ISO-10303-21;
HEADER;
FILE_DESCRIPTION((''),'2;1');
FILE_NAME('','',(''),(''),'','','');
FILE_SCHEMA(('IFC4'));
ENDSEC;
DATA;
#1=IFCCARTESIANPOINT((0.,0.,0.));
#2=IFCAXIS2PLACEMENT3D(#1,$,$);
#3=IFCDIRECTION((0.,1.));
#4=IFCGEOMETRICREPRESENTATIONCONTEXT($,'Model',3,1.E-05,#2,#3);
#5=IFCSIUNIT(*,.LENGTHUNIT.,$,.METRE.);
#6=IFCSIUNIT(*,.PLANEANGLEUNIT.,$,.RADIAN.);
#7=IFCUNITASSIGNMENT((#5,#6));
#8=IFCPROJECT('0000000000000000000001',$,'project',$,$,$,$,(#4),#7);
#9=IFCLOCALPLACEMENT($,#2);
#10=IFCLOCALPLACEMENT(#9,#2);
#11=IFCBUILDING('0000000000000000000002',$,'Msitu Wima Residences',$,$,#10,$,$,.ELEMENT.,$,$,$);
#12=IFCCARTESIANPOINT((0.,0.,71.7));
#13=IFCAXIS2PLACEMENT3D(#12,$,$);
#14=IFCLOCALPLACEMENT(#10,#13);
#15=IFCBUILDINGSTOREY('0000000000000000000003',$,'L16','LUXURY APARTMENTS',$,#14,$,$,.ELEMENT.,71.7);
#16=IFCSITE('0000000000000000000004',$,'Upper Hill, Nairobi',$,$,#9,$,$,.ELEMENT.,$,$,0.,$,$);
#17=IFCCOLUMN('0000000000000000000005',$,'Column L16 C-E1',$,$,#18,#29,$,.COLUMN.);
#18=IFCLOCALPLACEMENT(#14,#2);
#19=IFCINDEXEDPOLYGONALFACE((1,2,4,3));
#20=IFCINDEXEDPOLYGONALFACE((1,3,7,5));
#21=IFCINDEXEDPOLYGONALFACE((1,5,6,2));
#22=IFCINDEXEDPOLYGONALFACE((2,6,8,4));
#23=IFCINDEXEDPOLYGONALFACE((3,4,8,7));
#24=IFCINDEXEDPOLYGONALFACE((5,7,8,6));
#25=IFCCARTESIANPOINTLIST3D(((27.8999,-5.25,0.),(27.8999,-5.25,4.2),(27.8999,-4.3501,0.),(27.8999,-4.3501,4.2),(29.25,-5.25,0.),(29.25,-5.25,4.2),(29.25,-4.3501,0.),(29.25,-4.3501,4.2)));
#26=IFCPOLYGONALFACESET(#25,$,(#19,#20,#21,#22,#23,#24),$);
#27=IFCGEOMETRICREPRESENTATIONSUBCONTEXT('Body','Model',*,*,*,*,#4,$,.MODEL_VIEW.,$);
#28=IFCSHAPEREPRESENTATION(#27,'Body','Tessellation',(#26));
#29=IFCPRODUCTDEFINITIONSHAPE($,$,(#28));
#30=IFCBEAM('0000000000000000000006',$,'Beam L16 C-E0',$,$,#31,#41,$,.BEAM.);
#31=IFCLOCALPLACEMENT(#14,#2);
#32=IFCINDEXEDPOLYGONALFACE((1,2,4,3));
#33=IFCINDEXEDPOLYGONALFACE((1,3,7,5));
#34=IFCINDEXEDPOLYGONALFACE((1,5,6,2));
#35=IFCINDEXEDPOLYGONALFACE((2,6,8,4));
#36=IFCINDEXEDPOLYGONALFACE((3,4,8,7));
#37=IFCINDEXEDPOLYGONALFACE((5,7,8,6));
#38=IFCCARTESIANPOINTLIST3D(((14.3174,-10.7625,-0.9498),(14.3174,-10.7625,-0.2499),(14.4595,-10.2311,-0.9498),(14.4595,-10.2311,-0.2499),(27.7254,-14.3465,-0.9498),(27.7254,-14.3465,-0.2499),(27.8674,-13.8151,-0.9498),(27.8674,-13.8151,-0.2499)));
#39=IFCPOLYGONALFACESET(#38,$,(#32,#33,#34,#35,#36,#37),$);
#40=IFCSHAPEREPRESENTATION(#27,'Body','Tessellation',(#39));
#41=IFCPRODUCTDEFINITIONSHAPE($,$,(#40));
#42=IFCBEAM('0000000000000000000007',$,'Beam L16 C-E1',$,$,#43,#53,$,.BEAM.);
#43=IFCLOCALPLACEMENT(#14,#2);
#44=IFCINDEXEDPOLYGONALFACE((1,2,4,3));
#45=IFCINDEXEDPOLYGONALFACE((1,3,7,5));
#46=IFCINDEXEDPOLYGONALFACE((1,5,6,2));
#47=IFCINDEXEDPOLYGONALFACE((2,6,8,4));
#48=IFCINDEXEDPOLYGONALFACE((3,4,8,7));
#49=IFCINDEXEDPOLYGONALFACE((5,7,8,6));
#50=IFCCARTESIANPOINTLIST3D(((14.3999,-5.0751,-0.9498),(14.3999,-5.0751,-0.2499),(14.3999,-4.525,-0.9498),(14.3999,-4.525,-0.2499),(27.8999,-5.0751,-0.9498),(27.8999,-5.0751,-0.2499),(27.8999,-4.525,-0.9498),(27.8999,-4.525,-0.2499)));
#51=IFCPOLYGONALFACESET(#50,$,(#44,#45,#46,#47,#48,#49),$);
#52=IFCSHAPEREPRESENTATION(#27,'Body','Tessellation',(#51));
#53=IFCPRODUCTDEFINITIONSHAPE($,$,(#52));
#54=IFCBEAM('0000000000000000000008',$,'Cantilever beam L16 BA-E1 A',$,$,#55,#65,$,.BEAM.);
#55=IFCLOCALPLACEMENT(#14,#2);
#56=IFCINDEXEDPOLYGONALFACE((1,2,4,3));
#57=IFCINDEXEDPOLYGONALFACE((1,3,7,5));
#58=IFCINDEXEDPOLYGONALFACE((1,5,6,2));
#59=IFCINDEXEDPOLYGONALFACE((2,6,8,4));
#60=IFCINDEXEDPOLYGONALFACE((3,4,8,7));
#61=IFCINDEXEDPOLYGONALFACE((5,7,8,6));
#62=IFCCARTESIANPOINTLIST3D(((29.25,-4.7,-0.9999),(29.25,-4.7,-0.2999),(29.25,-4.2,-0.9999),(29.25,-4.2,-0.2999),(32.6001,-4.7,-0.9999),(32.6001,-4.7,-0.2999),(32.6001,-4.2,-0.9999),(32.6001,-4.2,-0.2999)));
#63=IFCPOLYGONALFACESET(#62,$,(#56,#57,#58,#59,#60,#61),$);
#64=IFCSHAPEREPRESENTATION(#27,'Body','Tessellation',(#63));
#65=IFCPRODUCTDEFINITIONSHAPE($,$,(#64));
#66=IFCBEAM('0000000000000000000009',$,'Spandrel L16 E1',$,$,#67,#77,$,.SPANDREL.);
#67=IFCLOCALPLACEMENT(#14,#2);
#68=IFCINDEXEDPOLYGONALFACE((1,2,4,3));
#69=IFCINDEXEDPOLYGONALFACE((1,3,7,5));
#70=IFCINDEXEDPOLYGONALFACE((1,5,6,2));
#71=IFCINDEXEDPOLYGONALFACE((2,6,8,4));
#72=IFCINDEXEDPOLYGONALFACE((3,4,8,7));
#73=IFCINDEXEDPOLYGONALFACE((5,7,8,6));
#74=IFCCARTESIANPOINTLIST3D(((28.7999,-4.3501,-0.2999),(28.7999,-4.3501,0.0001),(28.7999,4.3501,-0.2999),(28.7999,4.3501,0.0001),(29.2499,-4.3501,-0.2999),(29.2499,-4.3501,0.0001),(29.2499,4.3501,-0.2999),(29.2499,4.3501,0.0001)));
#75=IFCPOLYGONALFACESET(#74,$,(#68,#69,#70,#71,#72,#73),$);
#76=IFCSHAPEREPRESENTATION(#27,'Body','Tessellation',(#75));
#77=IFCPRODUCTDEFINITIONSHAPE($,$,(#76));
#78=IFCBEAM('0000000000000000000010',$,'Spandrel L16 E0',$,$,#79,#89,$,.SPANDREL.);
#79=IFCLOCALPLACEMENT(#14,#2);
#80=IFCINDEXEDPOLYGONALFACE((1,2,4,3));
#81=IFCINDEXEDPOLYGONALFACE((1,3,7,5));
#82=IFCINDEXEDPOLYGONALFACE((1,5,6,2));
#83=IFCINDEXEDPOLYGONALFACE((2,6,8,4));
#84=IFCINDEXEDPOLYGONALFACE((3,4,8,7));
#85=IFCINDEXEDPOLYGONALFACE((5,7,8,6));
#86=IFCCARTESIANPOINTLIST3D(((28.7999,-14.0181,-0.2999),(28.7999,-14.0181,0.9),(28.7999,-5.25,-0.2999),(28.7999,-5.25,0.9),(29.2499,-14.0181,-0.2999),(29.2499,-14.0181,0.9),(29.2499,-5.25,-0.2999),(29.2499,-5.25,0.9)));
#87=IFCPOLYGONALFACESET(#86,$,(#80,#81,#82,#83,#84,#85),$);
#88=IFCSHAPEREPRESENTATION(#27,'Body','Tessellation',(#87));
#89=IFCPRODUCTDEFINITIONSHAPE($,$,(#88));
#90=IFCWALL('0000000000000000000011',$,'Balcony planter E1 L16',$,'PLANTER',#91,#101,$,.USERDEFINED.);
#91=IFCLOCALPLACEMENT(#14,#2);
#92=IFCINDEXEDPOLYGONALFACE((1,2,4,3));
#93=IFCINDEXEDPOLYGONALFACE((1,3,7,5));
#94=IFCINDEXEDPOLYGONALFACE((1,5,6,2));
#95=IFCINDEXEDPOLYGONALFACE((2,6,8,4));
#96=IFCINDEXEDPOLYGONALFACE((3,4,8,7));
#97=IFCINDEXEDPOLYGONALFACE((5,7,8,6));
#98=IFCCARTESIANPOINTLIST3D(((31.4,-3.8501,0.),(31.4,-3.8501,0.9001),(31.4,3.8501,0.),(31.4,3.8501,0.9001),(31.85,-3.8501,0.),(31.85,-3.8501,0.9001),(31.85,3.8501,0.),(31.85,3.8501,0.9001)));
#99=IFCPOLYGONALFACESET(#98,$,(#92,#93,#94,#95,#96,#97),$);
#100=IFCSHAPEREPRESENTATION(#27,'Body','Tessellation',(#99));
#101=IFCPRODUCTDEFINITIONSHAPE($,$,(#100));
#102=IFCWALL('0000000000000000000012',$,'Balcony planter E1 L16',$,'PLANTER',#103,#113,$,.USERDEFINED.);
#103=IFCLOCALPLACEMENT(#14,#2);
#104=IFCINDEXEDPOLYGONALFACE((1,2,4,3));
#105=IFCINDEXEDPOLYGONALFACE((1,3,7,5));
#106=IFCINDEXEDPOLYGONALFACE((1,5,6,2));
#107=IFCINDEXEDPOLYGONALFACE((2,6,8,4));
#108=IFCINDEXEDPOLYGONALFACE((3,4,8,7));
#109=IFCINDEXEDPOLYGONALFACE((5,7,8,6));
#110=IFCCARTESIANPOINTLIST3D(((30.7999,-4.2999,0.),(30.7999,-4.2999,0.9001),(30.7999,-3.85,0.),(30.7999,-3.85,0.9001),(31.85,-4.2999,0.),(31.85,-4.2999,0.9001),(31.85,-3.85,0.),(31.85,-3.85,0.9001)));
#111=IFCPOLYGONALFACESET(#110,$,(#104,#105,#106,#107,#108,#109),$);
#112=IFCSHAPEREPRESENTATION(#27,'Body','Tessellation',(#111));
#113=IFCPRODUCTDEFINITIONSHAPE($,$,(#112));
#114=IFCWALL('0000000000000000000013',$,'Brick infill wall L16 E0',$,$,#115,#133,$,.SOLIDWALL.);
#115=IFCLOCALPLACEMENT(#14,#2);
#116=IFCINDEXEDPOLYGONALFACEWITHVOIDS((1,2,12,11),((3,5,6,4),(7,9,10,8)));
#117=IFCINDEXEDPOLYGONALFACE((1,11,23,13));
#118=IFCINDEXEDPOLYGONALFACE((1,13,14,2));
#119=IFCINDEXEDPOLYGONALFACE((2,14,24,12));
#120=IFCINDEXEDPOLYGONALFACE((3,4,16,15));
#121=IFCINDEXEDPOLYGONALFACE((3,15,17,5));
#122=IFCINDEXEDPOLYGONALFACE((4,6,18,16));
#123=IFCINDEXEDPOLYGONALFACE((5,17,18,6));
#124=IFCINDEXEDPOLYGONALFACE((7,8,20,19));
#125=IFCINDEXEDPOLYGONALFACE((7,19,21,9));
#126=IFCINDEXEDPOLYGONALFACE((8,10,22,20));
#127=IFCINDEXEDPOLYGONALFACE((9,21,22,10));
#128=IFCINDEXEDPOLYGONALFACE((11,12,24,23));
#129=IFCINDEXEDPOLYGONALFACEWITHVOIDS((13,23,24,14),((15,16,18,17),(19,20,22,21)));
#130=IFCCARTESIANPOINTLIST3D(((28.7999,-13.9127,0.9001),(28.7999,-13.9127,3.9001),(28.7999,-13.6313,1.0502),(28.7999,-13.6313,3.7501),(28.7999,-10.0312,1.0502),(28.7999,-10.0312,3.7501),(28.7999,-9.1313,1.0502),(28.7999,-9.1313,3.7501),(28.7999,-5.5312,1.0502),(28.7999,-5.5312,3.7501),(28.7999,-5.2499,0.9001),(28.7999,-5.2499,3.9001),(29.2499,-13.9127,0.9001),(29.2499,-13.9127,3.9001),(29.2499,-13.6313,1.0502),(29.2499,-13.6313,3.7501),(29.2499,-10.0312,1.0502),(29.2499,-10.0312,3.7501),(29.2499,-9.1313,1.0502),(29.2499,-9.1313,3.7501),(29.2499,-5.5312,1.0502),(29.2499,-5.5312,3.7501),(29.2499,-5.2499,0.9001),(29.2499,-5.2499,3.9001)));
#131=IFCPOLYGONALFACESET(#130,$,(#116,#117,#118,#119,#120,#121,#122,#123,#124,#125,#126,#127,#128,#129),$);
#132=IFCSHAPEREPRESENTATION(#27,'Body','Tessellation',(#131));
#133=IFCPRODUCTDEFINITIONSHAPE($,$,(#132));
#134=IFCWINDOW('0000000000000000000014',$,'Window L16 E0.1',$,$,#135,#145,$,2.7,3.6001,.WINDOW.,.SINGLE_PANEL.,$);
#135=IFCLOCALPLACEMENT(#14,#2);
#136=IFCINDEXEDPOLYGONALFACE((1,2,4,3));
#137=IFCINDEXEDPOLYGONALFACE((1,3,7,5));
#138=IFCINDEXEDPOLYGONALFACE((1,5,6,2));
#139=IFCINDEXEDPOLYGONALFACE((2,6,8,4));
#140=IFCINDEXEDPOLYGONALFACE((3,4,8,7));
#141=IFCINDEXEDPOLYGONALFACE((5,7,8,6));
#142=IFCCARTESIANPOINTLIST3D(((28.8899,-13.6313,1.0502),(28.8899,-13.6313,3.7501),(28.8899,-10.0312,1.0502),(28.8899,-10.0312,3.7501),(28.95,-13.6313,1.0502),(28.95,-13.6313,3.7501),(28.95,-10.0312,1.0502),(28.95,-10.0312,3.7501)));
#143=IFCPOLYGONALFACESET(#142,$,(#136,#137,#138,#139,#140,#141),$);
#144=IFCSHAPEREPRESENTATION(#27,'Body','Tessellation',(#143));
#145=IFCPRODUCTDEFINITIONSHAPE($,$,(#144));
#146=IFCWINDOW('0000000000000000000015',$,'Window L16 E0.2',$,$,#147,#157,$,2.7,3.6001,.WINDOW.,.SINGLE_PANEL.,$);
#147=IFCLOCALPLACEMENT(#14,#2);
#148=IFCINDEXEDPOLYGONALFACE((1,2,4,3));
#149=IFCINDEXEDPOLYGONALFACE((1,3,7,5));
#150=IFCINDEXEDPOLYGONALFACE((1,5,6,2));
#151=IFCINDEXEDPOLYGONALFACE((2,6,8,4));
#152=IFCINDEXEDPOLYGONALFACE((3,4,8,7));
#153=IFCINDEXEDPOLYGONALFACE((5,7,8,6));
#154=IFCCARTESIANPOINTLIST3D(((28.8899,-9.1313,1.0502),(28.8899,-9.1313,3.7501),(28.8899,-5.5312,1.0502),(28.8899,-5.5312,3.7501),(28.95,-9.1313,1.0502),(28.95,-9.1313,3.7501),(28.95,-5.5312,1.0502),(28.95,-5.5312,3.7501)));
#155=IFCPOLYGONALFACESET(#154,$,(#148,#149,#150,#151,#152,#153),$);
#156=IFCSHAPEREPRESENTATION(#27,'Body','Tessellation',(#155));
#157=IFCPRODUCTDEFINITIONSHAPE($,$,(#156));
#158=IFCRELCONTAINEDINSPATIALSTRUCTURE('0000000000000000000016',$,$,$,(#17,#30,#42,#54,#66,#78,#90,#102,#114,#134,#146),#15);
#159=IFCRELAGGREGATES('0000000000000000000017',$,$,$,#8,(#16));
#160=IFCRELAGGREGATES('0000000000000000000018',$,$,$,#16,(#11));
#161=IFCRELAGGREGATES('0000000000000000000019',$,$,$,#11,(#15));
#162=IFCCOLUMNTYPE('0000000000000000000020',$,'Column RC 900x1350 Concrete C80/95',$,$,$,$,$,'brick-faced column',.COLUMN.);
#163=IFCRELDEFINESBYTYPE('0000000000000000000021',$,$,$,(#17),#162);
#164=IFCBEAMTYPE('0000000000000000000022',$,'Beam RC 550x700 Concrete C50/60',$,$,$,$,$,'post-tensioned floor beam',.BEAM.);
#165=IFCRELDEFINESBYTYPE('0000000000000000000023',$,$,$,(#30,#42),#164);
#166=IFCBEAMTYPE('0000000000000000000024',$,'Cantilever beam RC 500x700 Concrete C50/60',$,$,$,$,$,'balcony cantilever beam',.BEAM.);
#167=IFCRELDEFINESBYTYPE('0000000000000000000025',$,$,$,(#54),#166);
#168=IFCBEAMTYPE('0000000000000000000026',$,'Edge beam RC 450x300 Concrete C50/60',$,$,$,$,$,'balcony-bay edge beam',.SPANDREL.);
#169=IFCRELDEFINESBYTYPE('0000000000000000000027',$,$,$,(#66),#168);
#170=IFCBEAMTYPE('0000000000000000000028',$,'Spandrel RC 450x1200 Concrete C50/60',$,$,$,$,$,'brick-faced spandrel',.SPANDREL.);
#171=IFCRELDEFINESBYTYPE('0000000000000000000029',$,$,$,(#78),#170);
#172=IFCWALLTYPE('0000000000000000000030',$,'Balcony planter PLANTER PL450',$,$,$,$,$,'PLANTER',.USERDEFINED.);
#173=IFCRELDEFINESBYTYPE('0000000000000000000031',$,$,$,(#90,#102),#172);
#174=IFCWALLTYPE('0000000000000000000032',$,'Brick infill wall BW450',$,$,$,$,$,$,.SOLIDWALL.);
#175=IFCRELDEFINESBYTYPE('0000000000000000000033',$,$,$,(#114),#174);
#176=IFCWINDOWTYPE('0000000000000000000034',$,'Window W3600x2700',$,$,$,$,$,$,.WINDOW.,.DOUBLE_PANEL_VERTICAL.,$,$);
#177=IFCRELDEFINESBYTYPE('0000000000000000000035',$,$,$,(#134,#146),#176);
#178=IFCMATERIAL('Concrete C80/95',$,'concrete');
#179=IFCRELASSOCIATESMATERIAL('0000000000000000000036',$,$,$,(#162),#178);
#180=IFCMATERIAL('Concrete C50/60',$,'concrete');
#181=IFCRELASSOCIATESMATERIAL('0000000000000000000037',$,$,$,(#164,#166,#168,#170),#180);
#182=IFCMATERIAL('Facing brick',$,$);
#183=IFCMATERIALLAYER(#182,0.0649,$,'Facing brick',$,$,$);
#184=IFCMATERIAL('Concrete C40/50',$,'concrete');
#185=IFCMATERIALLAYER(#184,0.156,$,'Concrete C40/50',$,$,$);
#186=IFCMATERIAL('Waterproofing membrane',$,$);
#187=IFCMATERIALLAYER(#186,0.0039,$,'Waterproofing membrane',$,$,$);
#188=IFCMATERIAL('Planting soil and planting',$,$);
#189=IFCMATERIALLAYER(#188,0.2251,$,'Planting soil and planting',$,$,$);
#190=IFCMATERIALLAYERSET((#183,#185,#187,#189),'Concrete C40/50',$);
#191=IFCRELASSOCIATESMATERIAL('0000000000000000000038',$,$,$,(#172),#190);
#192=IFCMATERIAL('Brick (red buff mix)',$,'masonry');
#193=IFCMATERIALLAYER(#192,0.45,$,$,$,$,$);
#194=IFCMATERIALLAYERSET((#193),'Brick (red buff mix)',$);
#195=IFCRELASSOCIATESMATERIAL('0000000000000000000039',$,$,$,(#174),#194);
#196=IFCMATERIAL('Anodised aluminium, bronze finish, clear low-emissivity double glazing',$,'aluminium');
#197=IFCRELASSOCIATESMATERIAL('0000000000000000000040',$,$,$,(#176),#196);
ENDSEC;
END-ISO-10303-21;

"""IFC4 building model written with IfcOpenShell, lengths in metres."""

from ifc_helpers import new_model, si_unit, direction, frame, frame_2d, origin, origin_2d, place, context, subcontext, project, spatial, rectangle, extrude, material, layer, layer_set, material_profile, profile_set, type_object, element, fill, save


model = new_model("IFC4")

# Units and contexts
model_context = context("Model", 3, precision=1e-05, world=origin(), true_north=direction((0.0, 1.0)))
body_context = subcontext(model_context, "Body", "Model", "MODEL_VIEW")
ifc_project = project(units=[si_unit("LENGTHUNIT", "METRE"), si_unit("PLANEANGLEUNIT", "RADIAN")], contexts=[model_context])

# Site, building, storey
site_placement = place(None, origin())
site = spatial("IfcSite", under=ifc_project, at=site_placement, Name="Upper Hill, Nairobi", CompositionType="ELEMENT", RefElevation=0.0)
building_placement = place(site_placement, origin())
building = spatial("IfcBuilding", under=site, at=building_placement, Name="Msitu Wima Residences", CompositionType="ELEMENT")
storey_placement = place(building_placement, frame((0.0, 0.0, 71.7)))
storey = spatial("IfcBuildingStorey", under=building, at=storey_placement, Name="L16", Description="LUXURY APARTMENTS", CompositionType="ELEMENT", Elevation=71.7)

# Column
ifc_material_1 = material(Name="Concrete C80/95", Category="concrete")
ifc_material_profile_1 = material_profile(ifc_material_1, rectangle(XDim=0.8999, YDim=1.3501, at=origin_2d()), Name="RC 900x1350")
ifc_profile_set_1 = profile_set([ifc_material_profile_1], Name="Concrete C80/95")
column_type = type_object("IfcColumnType", Name="Column RC 900x1350 Concrete C80/95", ElementType="brick-faced column", PredefinedType="COLUMN", material=ifc_profile_set_1)
column_placement = place(storey_placement, frame((28.575, -4.8, 0.0), z_axis=(0.0, 0.0, 1.0), x_axis=(0.0, 1.0, 0.0)))
element("IfcColumn", 1, at=column_placement, inside=storey, type_object=column_type, Name="Column L16 C-E1", PredefinedType="COLUMN", context=body_context, shape_type="SweptSolid", body=[
    extrude(rectangle(XDim=0.8999, YDim=1.3501, at=origin_2d()), origin(), (0.0, 0.0, 1.0), 4.2),
])

# Beams
ifc_material_2 = material(Name="Concrete C50/60", Category="concrete")
ifc_material_profile_2 = material_profile(ifc_material_2, rectangle(XDim=0.55, YDim=0.7, at=origin_2d()), Name="RC 550x700")
ifc_profile_set_2 = profile_set([ifc_material_profile_2], Name="Concrete C50/60")
beam_type_1 = type_object("IfcBeamType", Name="Beam RC 550x700 Concrete C50/60", ElementType="post-tensioned floor beam", PredefinedType="BEAM", material=ifc_profile_set_2)
beam_1_placement = place(storey_placement, frame((27.7964, -14.0808, -0.5999), z_axis=(-0.966082, 0.258236, 0.0), x_axis=(-0.258236, -0.966082, 0.0)))
element("IfcBeam", 2, at=beam_1_placement, inside=storey, type_object=beam_type_1, Name="Beam L16 C-E0", PredefinedType="BEAM", context=body_context, shape_type="SweptSolid", body=[
    extrude(rectangle(XDim=0.55, YDim=0.7, at=origin_2d()), origin(), (0.0, 0.0, 1.0), 13.8787),
])
beam_2_placement = place(storey_placement, frame((27.8999, -4.8, -0.5999), z_axis=(-1.0, 0.0, 0.0), x_axis=(0.0, -1.0, 0.0)))
element("IfcBeam", 3, at=beam_2_placement, inside=storey, type_object=beam_type_1, Name="Beam L16 C-E1", PredefinedType="BEAM", context=body_context, shape_type="SweptSolid", body=[
    extrude(rectangle(XDim=0.55, YDim=0.7, at=origin_2d()), origin(), (0.0, 0.0, 1.0), 13.5),
])
ifc_material_profile_3 = material_profile(ifc_material_2, rectangle(XDim=0.5, YDim=0.7, at=origin_2d()), Name="RC 500x700")
ifc_profile_set_3 = profile_set([ifc_material_profile_3], Name="Concrete C50/60")
beam_type_2 = type_object("IfcBeamType", Name="Cantilever beam RC 500x700 Concrete C50/60", ElementType="balcony cantilever beam", PredefinedType="BEAM", material=ifc_profile_set_3)
beam_3_placement = place(storey_placement, frame((29.25, -4.45, -0.6499), z_axis=(1.0, 0.0, 0.0), x_axis=(0.0, 1.0, 0.0)))
element("IfcBeam", 4, at=beam_3_placement, inside=storey, type_object=beam_type_2, Name="Cantilever beam L16 BA-E1 A", PredefinedType="BEAM", context=body_context, shape_type="SweptSolid", body=[
    extrude(rectangle(XDim=0.5, YDim=0.7, at=origin_2d()), origin(), (0.0, 0.0, 1.0), 3.3501),
])
ifc_material_profile_4 = material_profile(ifc_material_2, rectangle(XDim=0.45, YDim=0.3, at=origin_2d()), Name="RC 450x300")
ifc_profile_set_4 = profile_set([ifc_material_profile_4], Name="Concrete C50/60")
beam_type_3 = type_object("IfcBeamType", Name="Edge beam RC 450x300 Concrete C50/60", ElementType="balcony-bay edge beam", PredefinedType="SPANDREL", material=ifc_profile_set_4)
beam_4_placement = place(storey_placement, frame((29.0249, -4.3501, -0.1499), z_axis=(0.0, 1.0, 0.0), x_axis=(-1.0, 0.0, 0.0)))
element("IfcBeam", 5, at=beam_4_placement, inside=storey, type_object=beam_type_3, Name="Spandrel L16 E1", PredefinedType="SPANDREL", context=body_context, shape_type="SweptSolid", body=[
    extrude(rectangle(XDim=0.45, YDim=0.3, at=origin_2d()), origin(), (0.0, 0.0, 1.0), 8.7002),
])
ifc_material_profile_5 = material_profile(ifc_material_2, rectangle(XDim=0.45, YDim=1.2, at=origin_2d()), Name="RC 450x1200")
ifc_profile_set_5 = profile_set([ifc_material_profile_5], Name="Concrete C50/60")
beam_type_4 = type_object("IfcBeamType", Name="Spandrel RC 450x1200 Concrete C50/60", ElementType="brick-faced spandrel", PredefinedType="SPANDREL", material=ifc_profile_set_5)
beam_5_placement = place(storey_placement, frame((29.0249, -14.0181, 0.3), z_axis=(0.0, 1.0, 0.0), x_axis=(-1.0, 0.0, 0.0)))
element("IfcBeam", 6, at=beam_5_placement, inside=storey, type_object=beam_type_4, Name="Spandrel L16 E0", PredefinedType="SPANDREL", context=body_context, shape_type="SweptSolid", body=[
    extrude(rectangle(XDim=0.45, YDim=1.2, at=origin_2d()), origin(), (0.0, 0.0, 1.0), 8.7681),
])

# Walls
ifc_material_3 = material(Name="Facing brick")
ifc_layer_1 = layer(ifc_material_3, 0.0649, Name="Facing brick")
ifc_material_4 = material(Name="Concrete C40/50", Category="concrete")
ifc_layer_2 = layer(ifc_material_4, 0.156, Name="Concrete C40/50")
ifc_material_5 = material(Name="Waterproofing membrane")
ifc_layer_3 = layer(ifc_material_5, 0.0039, Name="Waterproofing membrane")
ifc_material_6 = material(Name="Planting soil and planting")
ifc_layer_4 = layer(ifc_material_6, 0.2251, Name="Planting soil and planting")
ifc_layer_set_1 = layer_set([ifc_layer_1, ifc_layer_2, ifc_layer_3, ifc_layer_4], Name="Concrete C40/50")
wall_type_1 = type_object("IfcWallType", Name="Balcony planter PLANTER PL450", ElementType="PLANTER", PredefinedType="USERDEFINED", material=ifc_layer_set_1)
wall_1_placement = place(storey_placement, frame((31.625, -3.8501, 0.0), z_axis=(0.0, 0.0, 1.0), x_axis=(0.0, 1.0, 0.0)))
element("IfcWall", 7, at=wall_1_placement, inside=storey, type_object=wall_type_1, Name="Balcony planter E1 L16", ObjectType="PLANTER", PredefinedType="USERDEFINED", context=body_context, shape_type="SweptSolid", body=[
    extrude(rectangle(XDim=7.7002, YDim=0.45, at=frame_2d((3.8501, 0.0))), origin(), (0.0, 0.0, 1.0), 0.9001),
])
wall_2_placement = place(storey_placement, frame((30.8, -4.075, 0.0), z_axis=(0.0, 0.0, 1.0), x_axis=(1.0, 0.0, 0.0)))
element("IfcWall", 8, at=wall_2_placement, inside=storey, type_object=wall_type_1, Name="Balcony planter E1 L16", ObjectType="PLANTER", PredefinedType="USERDEFINED", context=body_context, shape_type="SweptSolid", body=[
    extrude(rectangle(XDim=1.05, YDim=0.45, at=frame_2d((0.5249, 0.0))), origin(), (0.0, 0.0, 1.0), 0.9001),
])

# Wall, openings, windows
ifc_material_7 = material(Name="Brick (red buff mix)", Category="masonry")
ifc_layer_5 = layer(ifc_material_7, 0.45)
ifc_layer_set_2 = layer_set([ifc_layer_5], Name="Brick (red buff mix)")
wall_type_2 = type_object("IfcWallType", Name="Brick infill wall BW450", PredefinedType="SOLIDWALL", material=ifc_layer_set_2)
wall_3_placement = place(storey_placement, frame((29.0249, -13.9128, 0.9001), z_axis=(0.0, 0.0, 1.0), x_axis=(0.0, 1.0, 0.0)))
wall_3 = element("IfcWall", 9, at=wall_3_placement, inside=storey, type_object=wall_type_2, Name="Brick infill wall L16 E0", PredefinedType="SOLIDWALL", context=body_context, shape_type="SweptSolid", body=[
    extrude(rectangle(XDim=8.6628, YDim=0.45, at=frame_2d((4.3315, 0.0))), origin(), (0.0, 0.0, 1.0), 3.0),
])
opening_1_placement = place(wall_3_placement, frame((0.2815, 0.0, 0.1499)))
opening_1 = element("IfcOpeningElement", 10, at=opening_1_placement, cuts=wall_3, PredefinedType="OPENING", context=body_context, shape_type="SweptSolid", body=[
    extrude(rectangle(XDim=3.6001, YDim=2.7, at=frame_2d((1.8, 1.3501))), frame((0.0, 0.2349, 0.0), z_axis=(0.0, -1.0, 0.0), x_axis=(1.0, 0.0, 0.0)), (0.0, 0.0, 1.0), 0.47),
])
opening_2_placement = place(wall_3_placement, frame((4.7815, 0.0, 0.1499)))
opening_2 = element("IfcOpeningElement", 11, at=opening_2_placement, cuts=wall_3, PredefinedType="OPENING", context=body_context, shape_type="SweptSolid", body=[
    extrude(rectangle(XDim=3.6001, YDim=2.7, at=frame_2d((1.8, 1.3501))), frame((0.0, 0.2349, 0.0), z_axis=(0.0, -1.0, 0.0), x_axis=(1.0, 0.0, 0.0)), (0.0, 0.0, 1.0), 0.47),
])
ifc_material_8 = material(Name="Anodised aluminium, bronze finish, clear low-emissivity double glazing", Category="aluminium")
window_type = type_object("IfcWindowType", Name="Window W3600x2700", PartitioningType="DOUBLE_PANEL_VERTICAL", PredefinedType="WINDOW", material=ifc_material_8)
window_1_placement = place(opening_1_placement, origin())
window_1 = element("IfcWindow", 12, at=window_1_placement, inside=storey, type_object=window_type, Name="Window L16 E0.1", OverallHeight=2.7, OverallWidth=3.6001, PartitioningType="SINGLE_PANEL", PredefinedType="WINDOW", context=body_context, shape_type="SweptSolid", body=[
    extrude(rectangle(XDim=3.6001, YDim=2.7, at=frame_2d((1.8, 1.3501))), frame((0.0, 0.135, 0.0), z_axis=(0.0, -1.0, 0.0), x_axis=(1.0, 0.0, 0.0)), (0.0, 0.0, 1.0), 0.0601),
])
fill(opening_1, window_1)
window_2_placement = place(opening_2_placement, origin())
window_2 = element("IfcWindow", 13, at=window_2_placement, inside=storey, type_object=window_type, Name="Window L16 E0.2", OverallHeight=2.7, OverallWidth=3.6001, PartitioningType="SINGLE_PANEL", PredefinedType="WINDOW", context=body_context, shape_type="SweptSolid", body=[
    extrude(rectangle(XDim=3.6001, YDim=2.7, at=frame_2d((1.8, 1.3501))), frame((0.0, 0.135, 0.0), z_axis=(0.0, -1.0, 0.0), x_axis=(1.0, 0.0, 0.0)), (0.0, 0.0, 1.0), 0.0601),
])
fill(opening_2, window_2)

save(model, "model.ifc")
